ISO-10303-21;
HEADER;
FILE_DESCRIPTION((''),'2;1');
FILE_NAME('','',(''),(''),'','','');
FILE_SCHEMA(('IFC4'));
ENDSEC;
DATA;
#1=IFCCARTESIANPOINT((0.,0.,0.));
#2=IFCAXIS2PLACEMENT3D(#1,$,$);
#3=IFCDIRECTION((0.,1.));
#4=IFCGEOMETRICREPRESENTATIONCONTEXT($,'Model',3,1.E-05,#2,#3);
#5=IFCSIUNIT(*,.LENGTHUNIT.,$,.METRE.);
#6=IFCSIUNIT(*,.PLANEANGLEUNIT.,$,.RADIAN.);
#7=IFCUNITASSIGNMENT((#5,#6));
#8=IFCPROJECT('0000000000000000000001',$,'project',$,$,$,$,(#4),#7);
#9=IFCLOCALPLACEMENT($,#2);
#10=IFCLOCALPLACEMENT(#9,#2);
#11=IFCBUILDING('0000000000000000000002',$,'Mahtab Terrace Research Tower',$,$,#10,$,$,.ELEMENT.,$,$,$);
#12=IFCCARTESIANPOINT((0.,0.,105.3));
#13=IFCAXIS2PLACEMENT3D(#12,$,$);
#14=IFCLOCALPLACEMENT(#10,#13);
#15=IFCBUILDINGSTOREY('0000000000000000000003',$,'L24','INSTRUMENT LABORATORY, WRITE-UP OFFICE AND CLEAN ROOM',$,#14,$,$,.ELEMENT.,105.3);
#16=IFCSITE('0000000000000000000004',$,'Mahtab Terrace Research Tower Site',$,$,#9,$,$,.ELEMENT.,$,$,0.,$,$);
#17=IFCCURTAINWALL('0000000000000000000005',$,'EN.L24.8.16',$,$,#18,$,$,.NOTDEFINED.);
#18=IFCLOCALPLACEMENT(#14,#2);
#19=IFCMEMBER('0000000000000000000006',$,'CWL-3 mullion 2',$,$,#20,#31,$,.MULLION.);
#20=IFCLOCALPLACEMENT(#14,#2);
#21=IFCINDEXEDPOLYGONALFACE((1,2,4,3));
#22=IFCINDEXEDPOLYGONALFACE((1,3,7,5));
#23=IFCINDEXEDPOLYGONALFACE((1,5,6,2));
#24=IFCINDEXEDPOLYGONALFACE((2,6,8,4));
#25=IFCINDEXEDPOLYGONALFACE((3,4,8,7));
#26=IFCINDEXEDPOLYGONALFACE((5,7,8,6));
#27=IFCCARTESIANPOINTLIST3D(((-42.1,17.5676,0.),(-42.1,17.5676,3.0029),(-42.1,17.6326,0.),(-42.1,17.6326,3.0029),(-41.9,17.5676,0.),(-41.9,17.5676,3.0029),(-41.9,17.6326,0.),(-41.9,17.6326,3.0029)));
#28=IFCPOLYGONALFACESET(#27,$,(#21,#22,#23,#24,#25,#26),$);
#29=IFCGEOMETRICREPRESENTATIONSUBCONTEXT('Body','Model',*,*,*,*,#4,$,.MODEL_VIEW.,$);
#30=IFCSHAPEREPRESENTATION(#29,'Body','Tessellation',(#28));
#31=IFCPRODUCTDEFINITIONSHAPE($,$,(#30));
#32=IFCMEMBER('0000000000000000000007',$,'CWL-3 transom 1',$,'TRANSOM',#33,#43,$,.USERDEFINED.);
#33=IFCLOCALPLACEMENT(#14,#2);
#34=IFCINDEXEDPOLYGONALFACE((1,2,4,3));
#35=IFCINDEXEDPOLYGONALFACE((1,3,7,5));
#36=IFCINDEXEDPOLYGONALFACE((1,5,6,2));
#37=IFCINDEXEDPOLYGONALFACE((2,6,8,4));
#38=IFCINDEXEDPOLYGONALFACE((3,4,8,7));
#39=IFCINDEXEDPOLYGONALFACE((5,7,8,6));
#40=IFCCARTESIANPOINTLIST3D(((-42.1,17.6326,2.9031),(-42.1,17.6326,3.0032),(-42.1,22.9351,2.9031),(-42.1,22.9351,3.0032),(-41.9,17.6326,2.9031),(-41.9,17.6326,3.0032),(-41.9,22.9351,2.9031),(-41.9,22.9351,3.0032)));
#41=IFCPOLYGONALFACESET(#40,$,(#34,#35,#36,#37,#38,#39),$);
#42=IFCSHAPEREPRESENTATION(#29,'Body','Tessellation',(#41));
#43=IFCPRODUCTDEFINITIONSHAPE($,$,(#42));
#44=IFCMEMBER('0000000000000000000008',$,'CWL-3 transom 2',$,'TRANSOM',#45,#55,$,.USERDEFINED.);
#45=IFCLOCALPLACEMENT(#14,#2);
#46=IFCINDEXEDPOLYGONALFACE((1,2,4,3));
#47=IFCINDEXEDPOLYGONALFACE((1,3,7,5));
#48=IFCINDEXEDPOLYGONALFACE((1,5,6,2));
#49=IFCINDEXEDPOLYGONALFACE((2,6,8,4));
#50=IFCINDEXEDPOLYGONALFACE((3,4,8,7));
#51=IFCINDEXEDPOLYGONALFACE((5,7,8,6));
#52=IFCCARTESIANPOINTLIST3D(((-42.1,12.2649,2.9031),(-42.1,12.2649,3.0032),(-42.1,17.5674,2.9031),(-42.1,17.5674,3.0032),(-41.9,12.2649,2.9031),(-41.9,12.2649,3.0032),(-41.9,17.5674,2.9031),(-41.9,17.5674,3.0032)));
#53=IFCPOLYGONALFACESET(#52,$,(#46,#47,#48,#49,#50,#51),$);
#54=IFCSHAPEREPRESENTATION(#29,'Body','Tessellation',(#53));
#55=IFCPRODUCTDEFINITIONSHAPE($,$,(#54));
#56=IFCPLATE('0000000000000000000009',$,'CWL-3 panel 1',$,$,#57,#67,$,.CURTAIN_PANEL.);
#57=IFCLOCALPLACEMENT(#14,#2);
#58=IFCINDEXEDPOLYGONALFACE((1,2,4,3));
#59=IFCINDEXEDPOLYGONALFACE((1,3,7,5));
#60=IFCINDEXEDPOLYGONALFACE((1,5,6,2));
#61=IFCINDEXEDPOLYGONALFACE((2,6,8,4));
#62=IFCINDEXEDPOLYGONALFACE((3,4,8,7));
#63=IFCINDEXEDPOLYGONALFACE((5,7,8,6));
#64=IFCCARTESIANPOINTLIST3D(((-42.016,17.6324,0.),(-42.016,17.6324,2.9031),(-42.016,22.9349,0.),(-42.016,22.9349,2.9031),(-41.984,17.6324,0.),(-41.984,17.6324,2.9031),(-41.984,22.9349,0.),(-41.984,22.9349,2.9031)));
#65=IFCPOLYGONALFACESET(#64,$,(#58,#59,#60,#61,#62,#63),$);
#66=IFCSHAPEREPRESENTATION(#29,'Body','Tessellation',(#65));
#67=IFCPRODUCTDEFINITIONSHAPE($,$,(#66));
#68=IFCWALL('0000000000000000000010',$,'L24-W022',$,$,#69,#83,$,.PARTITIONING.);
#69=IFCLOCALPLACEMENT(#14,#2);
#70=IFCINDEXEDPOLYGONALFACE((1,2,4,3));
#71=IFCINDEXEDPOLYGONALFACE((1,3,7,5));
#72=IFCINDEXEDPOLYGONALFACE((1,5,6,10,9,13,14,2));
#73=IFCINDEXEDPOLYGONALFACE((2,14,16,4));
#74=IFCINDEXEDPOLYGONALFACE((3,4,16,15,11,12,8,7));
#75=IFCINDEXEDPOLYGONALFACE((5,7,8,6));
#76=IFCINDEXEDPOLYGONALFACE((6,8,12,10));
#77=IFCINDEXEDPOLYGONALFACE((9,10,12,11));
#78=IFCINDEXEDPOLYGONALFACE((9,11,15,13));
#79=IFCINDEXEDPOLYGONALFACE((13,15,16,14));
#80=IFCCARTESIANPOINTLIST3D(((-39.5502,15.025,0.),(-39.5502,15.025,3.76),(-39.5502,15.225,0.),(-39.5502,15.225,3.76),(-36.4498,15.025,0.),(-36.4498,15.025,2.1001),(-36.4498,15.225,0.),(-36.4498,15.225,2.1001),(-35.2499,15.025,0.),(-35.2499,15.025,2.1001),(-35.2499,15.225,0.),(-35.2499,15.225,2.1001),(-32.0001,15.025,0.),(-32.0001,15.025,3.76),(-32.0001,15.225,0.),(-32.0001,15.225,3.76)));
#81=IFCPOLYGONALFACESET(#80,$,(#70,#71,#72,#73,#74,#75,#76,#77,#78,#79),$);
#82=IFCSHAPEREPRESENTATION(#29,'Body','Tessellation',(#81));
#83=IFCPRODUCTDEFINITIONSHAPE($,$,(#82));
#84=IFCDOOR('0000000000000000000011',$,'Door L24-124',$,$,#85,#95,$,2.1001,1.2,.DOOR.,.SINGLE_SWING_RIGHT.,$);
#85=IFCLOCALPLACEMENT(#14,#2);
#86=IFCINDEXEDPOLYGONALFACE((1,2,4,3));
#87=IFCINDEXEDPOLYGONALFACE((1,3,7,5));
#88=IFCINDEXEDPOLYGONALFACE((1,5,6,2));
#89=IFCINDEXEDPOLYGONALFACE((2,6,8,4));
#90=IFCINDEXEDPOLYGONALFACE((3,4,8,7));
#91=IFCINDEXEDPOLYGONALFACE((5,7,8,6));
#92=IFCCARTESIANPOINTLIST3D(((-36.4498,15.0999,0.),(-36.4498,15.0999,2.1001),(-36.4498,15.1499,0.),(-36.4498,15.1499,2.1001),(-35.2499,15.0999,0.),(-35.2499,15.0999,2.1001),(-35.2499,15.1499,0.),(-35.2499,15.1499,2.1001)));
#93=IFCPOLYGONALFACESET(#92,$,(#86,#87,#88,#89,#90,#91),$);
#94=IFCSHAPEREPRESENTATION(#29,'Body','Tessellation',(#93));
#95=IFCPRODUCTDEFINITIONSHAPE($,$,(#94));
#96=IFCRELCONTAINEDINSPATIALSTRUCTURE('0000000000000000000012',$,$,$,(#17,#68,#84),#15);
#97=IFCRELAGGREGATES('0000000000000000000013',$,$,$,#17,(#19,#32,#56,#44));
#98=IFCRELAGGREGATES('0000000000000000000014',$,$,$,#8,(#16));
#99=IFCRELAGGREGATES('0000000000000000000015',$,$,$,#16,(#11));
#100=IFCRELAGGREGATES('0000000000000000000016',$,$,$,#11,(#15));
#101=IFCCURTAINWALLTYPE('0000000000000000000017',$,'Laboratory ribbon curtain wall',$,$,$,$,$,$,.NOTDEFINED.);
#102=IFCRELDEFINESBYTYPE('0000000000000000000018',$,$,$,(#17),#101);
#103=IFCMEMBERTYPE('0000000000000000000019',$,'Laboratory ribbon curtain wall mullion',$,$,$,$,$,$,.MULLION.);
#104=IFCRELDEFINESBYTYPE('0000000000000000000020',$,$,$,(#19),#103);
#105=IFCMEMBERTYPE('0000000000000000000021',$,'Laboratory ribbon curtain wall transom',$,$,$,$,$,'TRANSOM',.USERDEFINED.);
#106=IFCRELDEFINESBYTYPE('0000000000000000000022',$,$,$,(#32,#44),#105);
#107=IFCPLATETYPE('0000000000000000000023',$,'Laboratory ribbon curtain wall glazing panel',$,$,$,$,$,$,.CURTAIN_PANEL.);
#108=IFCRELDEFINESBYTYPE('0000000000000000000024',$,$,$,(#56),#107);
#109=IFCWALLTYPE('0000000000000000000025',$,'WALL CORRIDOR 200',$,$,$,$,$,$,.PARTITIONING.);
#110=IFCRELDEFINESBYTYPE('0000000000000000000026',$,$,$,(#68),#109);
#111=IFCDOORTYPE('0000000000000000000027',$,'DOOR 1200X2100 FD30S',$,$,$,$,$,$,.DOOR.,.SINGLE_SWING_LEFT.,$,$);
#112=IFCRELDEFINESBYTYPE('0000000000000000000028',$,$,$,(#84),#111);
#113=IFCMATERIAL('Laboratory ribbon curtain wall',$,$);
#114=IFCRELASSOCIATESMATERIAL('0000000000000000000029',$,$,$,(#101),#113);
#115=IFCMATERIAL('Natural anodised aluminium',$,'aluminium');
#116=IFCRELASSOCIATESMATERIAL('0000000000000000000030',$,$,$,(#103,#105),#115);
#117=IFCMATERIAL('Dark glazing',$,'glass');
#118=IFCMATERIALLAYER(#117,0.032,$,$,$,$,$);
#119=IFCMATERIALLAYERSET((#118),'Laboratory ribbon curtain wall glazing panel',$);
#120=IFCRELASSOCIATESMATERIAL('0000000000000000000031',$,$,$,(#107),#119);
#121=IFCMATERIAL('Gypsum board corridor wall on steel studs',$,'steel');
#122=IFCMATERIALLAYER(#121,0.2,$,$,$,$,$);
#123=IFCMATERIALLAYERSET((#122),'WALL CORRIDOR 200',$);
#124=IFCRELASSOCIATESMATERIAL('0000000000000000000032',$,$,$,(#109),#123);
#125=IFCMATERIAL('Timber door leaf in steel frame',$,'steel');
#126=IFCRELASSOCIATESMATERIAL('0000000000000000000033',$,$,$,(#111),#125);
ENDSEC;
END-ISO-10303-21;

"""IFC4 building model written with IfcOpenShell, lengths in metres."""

from ifc_helpers import new_model, si_unit, direction, frame, frame_2d, origin, origin_2d, place, context, subcontext, project, spatial, rectangle, extrude, material, layer, layer_set, material_profile, profile_set, type_object, element, fill, aggregate, save


model = new_model("IFC4")

# Units and contexts
model_context = context("Model", 3, precision=1e-05, world=origin(), true_north=direction((0.0, 1.0)))
body_context = subcontext(model_context, "Body", "Model", "MODEL_VIEW")
ifc_project = project(units=[si_unit("LENGTHUNIT", "METRE"), si_unit("PLANEANGLEUNIT", "RADIAN")], contexts=[model_context])

# Site, building, storey
site_placement = place(None, origin())
site = spatial("IfcSite", under=ifc_project, at=site_placement, Name="Mahtab Terrace Research Tower Site", CompositionType="ELEMENT", RefElevation=0.0)
building_placement = place(site_placement, origin())
building = spatial("IfcBuilding", under=site, at=building_placement, Name="Mahtab Terrace Research Tower", CompositionType="ELEMENT")
storey_placement = place(building_placement, frame((0.0, 0.0, 105.3)))
storey = spatial("IfcBuildingStorey", under=building, at=storey_placement, Name="L24", Description="INSTRUMENT LABORATORY, WRITE-UP OFFICE AND CLEAN ROOM", CompositionType="ELEMENT", Elevation=105.3)

# Curtain wall, members, plate
ifc_material_1 = material(Name="Laboratory ribbon curtain wall")
curtain_wall_type = type_object("IfcCurtainWallType", Name="Laboratory ribbon curtain wall", PredefinedType="NOTDEFINED", material=ifc_material_1)
curtain_wall_placement = place(storey_placement, origin())
curtain_wall = element("IfcCurtainWall", 1, at=curtain_wall_placement, inside=storey, type_object=curtain_wall_type, Name="EN.L24.8.16", PredefinedType="NOTDEFINED")
ifc_material_2 = material(Name="Natural anodised aluminium", Category="aluminium")
ifc_material_profile_1 = material_profile(ifc_material_2, rectangle(XDim=0.2, YDim=0.0649, at=origin_2d()), Name="MULLION 65x200")
ifc_profile_set_1 = profile_set([ifc_material_profile_1], Name="Natural anodised aluminium")
member_type_1 = type_object("IfcMemberType", Name="Laboratory ribbon curtain wall mullion", PredefinedType="MULLION", material=ifc_profile_set_1)
member_1_placement = place(storey_placement, frame((-42.0, 17.6001, 0.0), z_axis=(0.0, 0.0, 1.0), x_axis=(1.0, 0.0, 0.0)))
member_1 = element("IfcMember", 2, at=member_1_placement, type_object=member_type_1, Name="CWL-3 mullion 2", PredefinedType="MULLION", context=body_context, shape_type="SweptSolid", body=[
    extrude(rectangle(XDim=0.2, YDim=0.0649, at=origin_2d()), origin(), (0.0, 0.0, 1.0), 3.0029),
])
ifc_material_profile_2 = material_profile(ifc_material_2, rectangle(XDim=0.2, YDim=0.1001, at=origin_2d()), Name="TRANSOM 100x200")
ifc_profile_set_2 = profile_set([ifc_material_profile_2], Name="Natural anodised aluminium")
member_type_2 = type_object("IfcMemberType", Name="Laboratory ribbon curtain wall transom", ElementType="TRANSOM", PredefinedType="USERDEFINED", material=ifc_profile_set_2)
member_2_placement = place(storey_placement, frame((-42.0, 22.9351, 2.9531), z_axis=(0.0, -1.0, 0.0), x_axis=(1.0, 0.0, 0.0)))
member_2 = element("IfcMember", 3, at=member_2_placement, type_object=member_type_2, Name="CWL-3 transom 1", ObjectType="TRANSOM", PredefinedType="USERDEFINED", context=body_context, shape_type="SweptSolid", body=[
    extrude(rectangle(XDim=0.2, YDim=0.1001, at=origin_2d()), origin(), (0.0, 0.0, 1.0), 5.3025),
])
member_3_placement = place(storey_placement, frame((-42.0, 17.5674, 2.9531), z_axis=(0.0, -1.0, 0.0), x_axis=(1.0, 0.0, 0.0)))
member_3 = element("IfcMember", 4, at=member_3_placement, type_object=member_type_2, Name="CWL-3 transom 2", ObjectType="TRANSOM", PredefinedType="USERDEFINED", context=body_context, shape_type="SweptSolid", body=[
    extrude(rectangle(XDim=0.2, YDim=0.1001, at=origin_2d()), origin(), (0.0, 0.0, 1.0), 5.3025),
])
ifc_material_3 = material(Name="Dark glazing", Category="glass")
ifc_layer_1 = layer(ifc_material_3, 0.032)
ifc_layer_set_1 = layer_set([ifc_layer_1], Name="Laboratory ribbon curtain wall glazing panel")
plate_type = type_object("IfcPlateType", Name="Laboratory ribbon curtain wall glazing panel", PredefinedType="CURTAIN_PANEL", material=ifc_layer_set_1)
plate_placement = place(storey_placement, frame((-42.0, 20.2837, 0.0), z_axis=(0.0, 0.0, 1.0), x_axis=(0.0, -1.0, 0.0)))
plate = element("IfcPlate", 5, at=plate_placement, type_object=plate_type, Name="CWL-3 panel 1", PredefinedType="CURTAIN_PANEL", context=body_context, shape_type="SweptSolid", body=[
    extrude(rectangle(XDim=5.3025, YDim=0.032, at=origin_2d()), origin(), (0.0, 0.0, 1.0), 2.9031),
])
aggregate(curtain_wall, [member_1, member_2, plate, member_3])

# Wall, opening, door
ifc_material_4 = material(Name="Gypsum board corridor wall on steel studs", Category="steel")
ifc_layer_2 = layer(ifc_material_4, 0.2)
ifc_layer_set_2 = layer_set([ifc_layer_2], Name="WALL CORRIDOR 200")
wall_type = type_object("IfcWallType", Name="WALL CORRIDOR 200", PredefinedType="PARTITIONING", material=ifc_layer_set_2)
wall_1_placement = place(storey_placement, frame((-39.55, 15.125, 0.0), z_axis=(0.0, 0.0, 1.0), x_axis=(1.0, 0.0, 0.0)))
wall_1 = element("IfcWall", 6, at=wall_1_placement, inside=storey, type_object=wall_type, Name="L24-W022", PredefinedType="PARTITIONING", context=body_context, shape_type="SweptSolid", body=[
    extrude(rectangle(XDim=7.55, YDim=0.2, at=frame_2d((3.7749, 0.0))), origin(), (0.0, 0.0, 1.0), 3.76),
])
opening_1_placement = place(wall_1_placement, frame((3.1001, 0.0, 0.0)))
opening_1 = element("IfcOpeningElement", 7, at=opening_1_placement, cuts=wall_1, PredefinedType="OPENING", context=body_context, shape_type="SweptSolid", body=[
    extrude(rectangle(XDim=1.2, YDim=2.1001, at=frame_2d((0.6001, 1.05))), frame((0.0, 0.1099, 0.0), z_axis=(0.0, -1.0, 0.0), x_axis=(1.0, 0.0, 0.0)), (0.0, 0.0, 1.0), 0.22),
])
ifc_material_5 = material(Name="Timber door leaf in steel frame", Category="steel")
door_type_1 = type_object("IfcDoorType", Name="DOOR 1200X2100 FD30S", OperationType="SINGLE_SWING_LEFT", PredefinedType="DOOR", material=ifc_material_5)
door_1_placement = place(opening_1_placement, origin())
door_1 = element("IfcDoor", 8, at=door_1_placement, inside=storey, type_object=door_type_1, Name="Door L24-124", OperationType="SINGLE_SWING_RIGHT", OverallHeight=2.1001, OverallWidth=1.2, PredefinedType="DOOR", context=body_context, shape_type="SweptSolid", body=[
    extrude(rectangle(XDim=1.2, YDim=2.1001, at=frame_2d((0.6001, 1.05))), frame((0.0, 0.0249, 0.0), z_axis=(0.0, -1.0, 0.0), x_axis=(1.0, 0.0, 0.0)), (0.0, 0.0, 1.0), 0.05),
])
fill(opening_1, door_1)

save(model, "model.ifc")
